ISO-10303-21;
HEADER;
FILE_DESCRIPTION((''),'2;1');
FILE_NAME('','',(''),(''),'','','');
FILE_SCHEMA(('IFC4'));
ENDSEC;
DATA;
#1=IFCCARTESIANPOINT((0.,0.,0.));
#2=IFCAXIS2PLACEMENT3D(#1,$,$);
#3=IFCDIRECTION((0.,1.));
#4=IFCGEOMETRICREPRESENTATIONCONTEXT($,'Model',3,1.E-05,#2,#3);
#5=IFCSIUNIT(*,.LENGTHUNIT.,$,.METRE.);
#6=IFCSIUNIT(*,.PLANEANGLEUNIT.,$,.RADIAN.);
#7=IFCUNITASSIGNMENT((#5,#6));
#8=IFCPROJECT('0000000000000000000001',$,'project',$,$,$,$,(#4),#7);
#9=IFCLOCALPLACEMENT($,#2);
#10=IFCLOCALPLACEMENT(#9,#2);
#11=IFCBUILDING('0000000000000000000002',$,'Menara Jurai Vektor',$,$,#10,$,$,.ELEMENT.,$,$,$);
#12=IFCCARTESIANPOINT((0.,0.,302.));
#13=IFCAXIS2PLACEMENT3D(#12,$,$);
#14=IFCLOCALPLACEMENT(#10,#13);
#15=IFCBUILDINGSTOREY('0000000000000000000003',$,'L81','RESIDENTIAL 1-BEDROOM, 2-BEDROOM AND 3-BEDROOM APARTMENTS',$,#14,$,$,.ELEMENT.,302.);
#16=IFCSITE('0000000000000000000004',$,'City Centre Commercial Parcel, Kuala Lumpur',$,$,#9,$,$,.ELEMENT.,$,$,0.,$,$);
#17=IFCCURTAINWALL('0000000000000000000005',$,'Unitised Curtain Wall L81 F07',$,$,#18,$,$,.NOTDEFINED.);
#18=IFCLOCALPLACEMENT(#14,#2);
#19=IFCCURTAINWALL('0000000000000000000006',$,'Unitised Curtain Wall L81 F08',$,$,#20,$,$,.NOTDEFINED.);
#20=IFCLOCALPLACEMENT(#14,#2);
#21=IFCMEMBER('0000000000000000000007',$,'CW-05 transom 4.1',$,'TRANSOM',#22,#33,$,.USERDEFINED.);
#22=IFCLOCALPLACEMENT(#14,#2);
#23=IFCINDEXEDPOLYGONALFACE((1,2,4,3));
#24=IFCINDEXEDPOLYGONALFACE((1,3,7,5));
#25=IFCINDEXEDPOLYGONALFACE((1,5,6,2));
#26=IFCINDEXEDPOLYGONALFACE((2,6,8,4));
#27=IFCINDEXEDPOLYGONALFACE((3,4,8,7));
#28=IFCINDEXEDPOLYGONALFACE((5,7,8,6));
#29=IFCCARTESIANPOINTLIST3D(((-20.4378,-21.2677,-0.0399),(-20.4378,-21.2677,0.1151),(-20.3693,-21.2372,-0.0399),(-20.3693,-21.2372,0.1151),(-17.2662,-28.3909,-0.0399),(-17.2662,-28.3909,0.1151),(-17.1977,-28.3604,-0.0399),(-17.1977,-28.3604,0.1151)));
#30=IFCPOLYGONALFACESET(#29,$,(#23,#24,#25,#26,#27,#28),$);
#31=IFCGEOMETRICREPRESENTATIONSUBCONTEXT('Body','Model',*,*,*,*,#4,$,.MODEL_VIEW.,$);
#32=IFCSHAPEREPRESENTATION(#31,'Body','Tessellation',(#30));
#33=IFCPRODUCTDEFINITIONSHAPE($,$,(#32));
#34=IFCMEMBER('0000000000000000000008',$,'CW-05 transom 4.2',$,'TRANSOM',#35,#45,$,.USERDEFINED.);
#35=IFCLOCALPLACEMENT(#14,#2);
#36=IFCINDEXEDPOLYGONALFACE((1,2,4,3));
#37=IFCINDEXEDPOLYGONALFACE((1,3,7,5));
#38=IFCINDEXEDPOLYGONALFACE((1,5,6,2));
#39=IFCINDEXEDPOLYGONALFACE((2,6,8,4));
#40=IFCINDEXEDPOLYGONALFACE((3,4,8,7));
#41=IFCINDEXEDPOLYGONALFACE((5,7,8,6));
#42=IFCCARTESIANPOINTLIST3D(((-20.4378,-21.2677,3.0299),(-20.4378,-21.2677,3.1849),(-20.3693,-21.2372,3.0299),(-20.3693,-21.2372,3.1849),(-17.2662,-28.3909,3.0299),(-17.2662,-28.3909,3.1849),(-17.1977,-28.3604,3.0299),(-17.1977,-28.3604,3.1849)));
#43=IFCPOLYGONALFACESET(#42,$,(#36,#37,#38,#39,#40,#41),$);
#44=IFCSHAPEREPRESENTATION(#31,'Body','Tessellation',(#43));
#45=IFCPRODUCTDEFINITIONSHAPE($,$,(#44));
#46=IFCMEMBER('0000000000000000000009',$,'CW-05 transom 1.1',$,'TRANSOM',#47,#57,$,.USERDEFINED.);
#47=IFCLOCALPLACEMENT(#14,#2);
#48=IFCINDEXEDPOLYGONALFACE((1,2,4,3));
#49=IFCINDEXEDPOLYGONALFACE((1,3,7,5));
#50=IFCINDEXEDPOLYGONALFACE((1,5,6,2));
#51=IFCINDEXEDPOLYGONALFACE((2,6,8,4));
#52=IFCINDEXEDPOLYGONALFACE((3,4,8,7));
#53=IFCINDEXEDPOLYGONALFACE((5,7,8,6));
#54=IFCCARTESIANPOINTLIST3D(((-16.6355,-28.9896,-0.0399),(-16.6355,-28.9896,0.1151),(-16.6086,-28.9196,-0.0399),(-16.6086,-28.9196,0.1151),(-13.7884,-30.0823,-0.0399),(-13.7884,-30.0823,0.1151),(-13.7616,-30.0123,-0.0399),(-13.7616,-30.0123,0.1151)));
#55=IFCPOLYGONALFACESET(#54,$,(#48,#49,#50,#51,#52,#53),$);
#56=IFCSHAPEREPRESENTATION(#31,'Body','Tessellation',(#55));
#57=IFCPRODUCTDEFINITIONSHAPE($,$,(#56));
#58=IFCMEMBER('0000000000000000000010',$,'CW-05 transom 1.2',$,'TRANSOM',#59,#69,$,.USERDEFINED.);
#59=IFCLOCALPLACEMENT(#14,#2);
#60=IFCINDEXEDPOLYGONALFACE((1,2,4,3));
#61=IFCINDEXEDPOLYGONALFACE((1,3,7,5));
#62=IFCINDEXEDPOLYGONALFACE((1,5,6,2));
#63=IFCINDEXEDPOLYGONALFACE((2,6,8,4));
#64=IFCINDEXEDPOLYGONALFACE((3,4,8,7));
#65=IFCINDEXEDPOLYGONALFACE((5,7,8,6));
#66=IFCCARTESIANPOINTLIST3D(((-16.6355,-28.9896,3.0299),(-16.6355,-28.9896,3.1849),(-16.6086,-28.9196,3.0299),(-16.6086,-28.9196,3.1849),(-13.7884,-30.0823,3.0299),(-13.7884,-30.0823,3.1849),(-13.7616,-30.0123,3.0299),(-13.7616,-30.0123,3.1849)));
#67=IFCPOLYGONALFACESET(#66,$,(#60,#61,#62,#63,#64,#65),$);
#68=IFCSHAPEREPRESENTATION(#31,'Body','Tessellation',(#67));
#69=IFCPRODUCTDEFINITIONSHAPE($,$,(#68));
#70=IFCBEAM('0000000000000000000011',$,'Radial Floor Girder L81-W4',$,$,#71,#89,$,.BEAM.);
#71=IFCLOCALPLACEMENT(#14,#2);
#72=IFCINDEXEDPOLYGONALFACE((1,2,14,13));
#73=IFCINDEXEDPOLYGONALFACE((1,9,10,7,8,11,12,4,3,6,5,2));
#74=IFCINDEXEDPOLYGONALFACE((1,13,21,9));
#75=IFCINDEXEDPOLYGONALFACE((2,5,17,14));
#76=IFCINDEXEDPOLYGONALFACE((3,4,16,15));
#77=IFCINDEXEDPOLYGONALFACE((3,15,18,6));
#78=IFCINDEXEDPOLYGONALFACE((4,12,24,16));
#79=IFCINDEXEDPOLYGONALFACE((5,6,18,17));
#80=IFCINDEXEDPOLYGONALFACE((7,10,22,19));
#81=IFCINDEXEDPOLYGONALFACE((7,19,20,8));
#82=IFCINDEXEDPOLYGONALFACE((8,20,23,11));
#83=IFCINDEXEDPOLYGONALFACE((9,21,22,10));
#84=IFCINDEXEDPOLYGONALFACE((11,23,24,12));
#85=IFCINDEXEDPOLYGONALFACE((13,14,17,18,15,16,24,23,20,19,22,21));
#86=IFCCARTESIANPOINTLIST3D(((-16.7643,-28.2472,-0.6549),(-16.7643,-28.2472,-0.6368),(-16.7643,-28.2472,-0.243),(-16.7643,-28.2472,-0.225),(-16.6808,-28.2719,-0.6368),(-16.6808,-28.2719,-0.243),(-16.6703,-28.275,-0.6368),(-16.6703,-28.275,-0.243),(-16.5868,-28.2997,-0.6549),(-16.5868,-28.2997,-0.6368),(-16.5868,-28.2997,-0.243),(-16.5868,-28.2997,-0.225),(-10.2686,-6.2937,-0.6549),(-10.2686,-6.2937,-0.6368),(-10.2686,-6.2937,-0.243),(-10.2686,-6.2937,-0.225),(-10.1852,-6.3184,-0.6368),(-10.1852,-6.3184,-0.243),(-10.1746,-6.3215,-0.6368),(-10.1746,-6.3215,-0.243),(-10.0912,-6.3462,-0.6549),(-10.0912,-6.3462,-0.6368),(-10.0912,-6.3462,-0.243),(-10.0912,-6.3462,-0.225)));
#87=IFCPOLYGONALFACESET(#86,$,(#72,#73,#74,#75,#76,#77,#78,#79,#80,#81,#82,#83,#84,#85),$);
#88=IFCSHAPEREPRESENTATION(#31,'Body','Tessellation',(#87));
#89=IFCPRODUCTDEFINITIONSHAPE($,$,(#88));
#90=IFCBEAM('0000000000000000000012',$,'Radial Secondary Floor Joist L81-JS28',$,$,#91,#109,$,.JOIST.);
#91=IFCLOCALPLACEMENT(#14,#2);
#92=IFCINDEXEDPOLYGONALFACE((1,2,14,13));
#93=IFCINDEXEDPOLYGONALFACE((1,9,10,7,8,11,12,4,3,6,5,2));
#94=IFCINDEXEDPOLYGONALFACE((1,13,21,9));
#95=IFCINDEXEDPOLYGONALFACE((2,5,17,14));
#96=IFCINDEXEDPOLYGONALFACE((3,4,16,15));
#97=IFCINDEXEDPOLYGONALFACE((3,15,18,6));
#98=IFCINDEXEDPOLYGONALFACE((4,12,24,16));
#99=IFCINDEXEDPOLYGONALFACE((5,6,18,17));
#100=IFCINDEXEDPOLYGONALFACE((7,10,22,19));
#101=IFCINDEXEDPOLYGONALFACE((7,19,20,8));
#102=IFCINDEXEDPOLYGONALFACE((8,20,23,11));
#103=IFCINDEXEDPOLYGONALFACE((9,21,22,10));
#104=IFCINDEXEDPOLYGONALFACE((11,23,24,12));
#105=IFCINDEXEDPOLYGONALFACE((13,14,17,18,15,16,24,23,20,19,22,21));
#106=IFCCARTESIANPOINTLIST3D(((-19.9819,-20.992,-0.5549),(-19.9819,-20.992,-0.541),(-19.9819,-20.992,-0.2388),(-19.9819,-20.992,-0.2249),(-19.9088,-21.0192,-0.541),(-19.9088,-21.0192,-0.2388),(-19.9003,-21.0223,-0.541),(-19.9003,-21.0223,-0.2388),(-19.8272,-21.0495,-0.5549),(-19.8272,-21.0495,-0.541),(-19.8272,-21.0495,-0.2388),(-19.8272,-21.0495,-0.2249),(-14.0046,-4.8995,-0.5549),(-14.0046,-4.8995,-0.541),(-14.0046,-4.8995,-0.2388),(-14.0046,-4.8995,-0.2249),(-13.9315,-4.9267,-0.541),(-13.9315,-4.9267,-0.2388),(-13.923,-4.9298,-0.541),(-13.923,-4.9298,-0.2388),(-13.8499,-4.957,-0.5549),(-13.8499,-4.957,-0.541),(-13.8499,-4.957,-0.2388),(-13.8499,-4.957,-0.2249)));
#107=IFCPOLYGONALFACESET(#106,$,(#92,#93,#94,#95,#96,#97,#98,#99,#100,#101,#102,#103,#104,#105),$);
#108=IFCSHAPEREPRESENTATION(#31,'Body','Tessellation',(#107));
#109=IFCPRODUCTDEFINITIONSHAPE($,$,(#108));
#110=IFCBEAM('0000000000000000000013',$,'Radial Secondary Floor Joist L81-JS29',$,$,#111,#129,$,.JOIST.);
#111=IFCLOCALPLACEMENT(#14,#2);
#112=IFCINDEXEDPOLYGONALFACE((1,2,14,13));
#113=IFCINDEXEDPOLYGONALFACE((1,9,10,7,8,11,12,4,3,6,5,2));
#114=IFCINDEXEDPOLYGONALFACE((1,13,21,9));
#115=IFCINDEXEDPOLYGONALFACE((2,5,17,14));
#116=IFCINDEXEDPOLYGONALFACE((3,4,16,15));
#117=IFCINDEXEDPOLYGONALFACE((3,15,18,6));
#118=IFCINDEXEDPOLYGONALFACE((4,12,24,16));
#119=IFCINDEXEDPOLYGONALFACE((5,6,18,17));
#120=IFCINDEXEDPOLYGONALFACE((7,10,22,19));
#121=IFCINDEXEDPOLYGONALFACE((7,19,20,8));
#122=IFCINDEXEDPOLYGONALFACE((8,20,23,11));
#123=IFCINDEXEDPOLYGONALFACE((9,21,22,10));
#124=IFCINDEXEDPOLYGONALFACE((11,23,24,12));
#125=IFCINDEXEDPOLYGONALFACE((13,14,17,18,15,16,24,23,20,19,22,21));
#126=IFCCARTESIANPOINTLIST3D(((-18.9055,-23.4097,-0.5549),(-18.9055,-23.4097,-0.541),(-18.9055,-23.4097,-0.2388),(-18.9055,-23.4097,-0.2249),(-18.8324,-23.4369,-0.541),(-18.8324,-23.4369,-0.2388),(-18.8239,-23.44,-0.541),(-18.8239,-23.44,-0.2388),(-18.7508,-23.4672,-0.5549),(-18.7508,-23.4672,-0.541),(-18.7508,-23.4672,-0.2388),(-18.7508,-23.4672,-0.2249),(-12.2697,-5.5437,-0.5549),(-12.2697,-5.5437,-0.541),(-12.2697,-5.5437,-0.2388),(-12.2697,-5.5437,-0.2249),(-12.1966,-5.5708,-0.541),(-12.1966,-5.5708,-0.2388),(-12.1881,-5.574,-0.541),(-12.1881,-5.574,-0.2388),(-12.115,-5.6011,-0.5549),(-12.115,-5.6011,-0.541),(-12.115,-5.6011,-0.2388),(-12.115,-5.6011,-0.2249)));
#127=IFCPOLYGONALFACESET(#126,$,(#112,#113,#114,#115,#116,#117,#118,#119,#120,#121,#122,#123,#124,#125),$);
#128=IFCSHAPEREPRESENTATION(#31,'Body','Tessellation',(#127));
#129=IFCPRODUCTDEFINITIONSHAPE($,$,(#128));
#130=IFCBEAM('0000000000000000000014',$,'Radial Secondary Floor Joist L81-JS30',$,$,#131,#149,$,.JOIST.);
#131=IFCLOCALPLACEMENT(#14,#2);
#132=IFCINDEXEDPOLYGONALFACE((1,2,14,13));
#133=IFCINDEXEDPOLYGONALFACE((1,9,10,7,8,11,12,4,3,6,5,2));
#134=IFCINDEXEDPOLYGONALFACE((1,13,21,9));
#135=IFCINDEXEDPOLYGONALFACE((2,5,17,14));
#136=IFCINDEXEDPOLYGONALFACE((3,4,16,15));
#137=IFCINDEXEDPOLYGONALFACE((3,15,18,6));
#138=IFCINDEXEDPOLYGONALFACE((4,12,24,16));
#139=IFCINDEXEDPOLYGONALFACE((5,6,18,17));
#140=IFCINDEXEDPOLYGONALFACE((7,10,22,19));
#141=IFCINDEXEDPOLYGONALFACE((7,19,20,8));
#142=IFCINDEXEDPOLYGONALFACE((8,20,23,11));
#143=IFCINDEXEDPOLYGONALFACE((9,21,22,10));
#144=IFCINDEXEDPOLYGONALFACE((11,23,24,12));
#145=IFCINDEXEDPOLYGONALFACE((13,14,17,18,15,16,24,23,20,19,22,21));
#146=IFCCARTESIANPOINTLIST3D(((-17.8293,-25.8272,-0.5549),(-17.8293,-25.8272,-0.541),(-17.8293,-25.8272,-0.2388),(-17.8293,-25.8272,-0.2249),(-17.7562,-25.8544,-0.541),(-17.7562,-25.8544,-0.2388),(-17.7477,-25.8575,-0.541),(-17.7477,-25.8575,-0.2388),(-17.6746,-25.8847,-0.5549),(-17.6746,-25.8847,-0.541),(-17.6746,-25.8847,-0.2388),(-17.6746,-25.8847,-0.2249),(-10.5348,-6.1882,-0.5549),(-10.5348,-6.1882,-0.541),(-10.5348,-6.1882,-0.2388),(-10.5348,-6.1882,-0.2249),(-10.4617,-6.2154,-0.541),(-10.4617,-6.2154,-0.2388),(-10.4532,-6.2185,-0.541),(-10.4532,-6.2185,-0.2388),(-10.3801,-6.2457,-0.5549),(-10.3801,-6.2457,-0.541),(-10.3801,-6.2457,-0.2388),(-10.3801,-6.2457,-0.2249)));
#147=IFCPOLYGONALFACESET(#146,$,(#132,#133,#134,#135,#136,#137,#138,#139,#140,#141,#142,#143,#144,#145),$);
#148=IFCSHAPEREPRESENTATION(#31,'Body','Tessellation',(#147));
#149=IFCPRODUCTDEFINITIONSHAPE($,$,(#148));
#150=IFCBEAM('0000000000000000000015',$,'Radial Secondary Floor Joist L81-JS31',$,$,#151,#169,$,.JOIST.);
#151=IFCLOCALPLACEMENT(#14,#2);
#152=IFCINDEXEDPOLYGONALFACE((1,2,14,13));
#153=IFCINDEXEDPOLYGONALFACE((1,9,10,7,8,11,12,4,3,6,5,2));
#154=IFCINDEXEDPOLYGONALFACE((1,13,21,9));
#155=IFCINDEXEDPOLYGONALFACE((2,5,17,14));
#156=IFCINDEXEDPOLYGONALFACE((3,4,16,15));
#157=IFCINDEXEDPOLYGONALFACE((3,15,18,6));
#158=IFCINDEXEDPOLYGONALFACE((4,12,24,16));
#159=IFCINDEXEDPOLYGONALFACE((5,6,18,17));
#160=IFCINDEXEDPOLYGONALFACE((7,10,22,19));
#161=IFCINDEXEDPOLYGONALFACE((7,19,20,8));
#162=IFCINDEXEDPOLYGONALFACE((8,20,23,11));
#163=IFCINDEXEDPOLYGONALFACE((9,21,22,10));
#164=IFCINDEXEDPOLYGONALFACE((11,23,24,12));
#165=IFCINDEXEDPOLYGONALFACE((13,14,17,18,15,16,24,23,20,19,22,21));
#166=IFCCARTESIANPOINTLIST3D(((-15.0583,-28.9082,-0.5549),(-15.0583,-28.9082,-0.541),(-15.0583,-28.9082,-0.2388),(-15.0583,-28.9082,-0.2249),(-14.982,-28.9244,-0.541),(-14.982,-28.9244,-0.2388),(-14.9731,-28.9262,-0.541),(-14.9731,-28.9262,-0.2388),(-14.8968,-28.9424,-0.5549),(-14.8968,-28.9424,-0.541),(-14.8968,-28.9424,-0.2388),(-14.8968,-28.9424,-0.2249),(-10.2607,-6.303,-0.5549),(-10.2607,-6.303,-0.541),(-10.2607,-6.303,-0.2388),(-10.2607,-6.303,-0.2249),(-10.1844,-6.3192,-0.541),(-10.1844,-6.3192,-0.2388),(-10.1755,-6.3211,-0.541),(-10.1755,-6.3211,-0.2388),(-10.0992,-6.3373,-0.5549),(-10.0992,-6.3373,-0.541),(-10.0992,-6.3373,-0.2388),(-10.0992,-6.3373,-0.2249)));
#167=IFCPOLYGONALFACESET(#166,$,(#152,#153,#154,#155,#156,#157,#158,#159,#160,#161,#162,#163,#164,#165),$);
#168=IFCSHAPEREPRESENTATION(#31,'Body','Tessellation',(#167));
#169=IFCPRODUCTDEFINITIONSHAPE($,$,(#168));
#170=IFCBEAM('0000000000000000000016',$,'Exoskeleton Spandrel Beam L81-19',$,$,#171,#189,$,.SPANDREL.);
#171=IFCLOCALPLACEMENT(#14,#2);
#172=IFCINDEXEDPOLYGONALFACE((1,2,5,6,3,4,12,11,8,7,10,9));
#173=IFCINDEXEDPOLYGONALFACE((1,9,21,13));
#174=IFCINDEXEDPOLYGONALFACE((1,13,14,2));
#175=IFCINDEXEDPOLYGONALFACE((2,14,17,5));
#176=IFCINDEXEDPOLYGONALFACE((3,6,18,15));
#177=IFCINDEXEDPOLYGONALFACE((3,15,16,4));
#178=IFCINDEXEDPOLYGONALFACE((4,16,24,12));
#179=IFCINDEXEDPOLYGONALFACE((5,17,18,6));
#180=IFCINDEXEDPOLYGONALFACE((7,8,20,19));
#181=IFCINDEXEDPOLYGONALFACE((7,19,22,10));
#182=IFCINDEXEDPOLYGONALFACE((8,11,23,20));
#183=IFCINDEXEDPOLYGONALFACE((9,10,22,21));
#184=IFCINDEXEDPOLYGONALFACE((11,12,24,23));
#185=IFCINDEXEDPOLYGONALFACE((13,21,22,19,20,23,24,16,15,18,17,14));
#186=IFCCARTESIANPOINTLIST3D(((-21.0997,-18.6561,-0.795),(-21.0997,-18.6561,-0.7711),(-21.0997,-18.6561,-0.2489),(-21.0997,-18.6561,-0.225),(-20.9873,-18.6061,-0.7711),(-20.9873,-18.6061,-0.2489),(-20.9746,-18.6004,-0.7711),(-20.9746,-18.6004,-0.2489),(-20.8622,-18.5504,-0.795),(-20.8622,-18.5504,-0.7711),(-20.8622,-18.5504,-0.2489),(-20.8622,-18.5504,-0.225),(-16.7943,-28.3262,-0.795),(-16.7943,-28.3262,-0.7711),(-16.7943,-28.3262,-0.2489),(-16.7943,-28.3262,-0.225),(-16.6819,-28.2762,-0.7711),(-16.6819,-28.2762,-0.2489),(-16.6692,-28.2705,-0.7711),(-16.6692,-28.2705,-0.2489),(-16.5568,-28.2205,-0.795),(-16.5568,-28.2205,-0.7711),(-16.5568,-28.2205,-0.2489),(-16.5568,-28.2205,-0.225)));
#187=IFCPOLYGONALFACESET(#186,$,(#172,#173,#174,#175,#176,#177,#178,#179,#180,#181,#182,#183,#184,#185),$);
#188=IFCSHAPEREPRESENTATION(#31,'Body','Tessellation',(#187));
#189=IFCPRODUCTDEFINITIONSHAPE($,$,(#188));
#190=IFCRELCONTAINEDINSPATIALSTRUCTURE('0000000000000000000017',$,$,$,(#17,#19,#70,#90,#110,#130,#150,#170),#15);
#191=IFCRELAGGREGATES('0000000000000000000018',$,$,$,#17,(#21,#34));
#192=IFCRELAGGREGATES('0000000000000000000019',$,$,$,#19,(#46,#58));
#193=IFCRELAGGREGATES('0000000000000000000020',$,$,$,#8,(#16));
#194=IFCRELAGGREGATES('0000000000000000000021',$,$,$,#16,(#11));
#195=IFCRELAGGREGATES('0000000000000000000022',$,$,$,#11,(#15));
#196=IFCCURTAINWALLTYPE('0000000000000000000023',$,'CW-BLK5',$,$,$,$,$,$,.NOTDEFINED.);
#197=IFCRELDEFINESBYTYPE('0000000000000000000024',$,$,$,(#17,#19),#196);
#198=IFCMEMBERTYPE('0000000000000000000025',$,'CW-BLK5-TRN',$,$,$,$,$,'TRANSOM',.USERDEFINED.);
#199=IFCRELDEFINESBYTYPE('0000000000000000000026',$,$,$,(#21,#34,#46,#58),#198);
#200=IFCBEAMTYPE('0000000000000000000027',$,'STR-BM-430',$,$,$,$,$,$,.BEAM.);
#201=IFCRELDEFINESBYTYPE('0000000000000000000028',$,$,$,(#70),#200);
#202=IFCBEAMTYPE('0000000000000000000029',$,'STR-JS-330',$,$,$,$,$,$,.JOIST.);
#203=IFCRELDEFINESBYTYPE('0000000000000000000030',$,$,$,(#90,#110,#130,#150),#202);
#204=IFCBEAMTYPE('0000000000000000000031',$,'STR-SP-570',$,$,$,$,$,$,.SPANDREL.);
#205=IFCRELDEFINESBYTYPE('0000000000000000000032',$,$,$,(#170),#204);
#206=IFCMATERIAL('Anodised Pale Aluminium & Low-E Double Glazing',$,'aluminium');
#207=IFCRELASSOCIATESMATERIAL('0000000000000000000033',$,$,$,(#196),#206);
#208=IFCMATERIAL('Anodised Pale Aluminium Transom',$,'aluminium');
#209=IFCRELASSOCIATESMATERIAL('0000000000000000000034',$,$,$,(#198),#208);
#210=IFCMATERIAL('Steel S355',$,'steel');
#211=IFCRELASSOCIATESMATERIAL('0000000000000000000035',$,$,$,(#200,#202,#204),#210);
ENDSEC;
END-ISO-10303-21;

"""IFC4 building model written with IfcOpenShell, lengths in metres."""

from ifc_helpers import new_model, si_unit, direction, frame, origin, origin_2d, place, context, subcontext, project, spatial, rectangle, i_section, extrude, material, material_profile, profile_set, type_object, element, aggregate, save


model = new_model("IFC4")

# Units and contexts
model_context = context("Model", 3, precision=1e-05, world=origin(), true_north=direction((0.0, 1.0)))
body_context = subcontext(model_context, "Body", "Model", "MODEL_VIEW")
ifc_project = project(units=[si_unit("LENGTHUNIT", "METRE"), si_unit("PLANEANGLEUNIT", "RADIAN")], contexts=[model_context])

# Site, building, storey
site_placement = place(None, origin())
site = spatial("IfcSite", under=ifc_project, at=site_placement, Name="City Centre Commercial Parcel, Kuala Lumpur", CompositionType="ELEMENT", RefElevation=0.0)
building_placement = place(site_placement, origin())
building = spatial("IfcBuilding", under=site, at=building_placement, Name="Menara Jurai Vektor", CompositionType="ELEMENT")
storey_placement = place(building_placement, frame((0.0, 0.0, 302.0)))
storey = spatial("IfcBuildingStorey", under=building, at=storey_placement, Name="L81", Description="RESIDENTIAL 1-BEDROOM, 2-BEDROOM AND 3-BEDROOM APARTMENTS", CompositionType="ELEMENT", Elevation=302.0)

# Curtain walls
ifc_material_1 = material(Name="Anodised Pale Aluminium & Low-E Double Glazing", Category="aluminium")
curtain_wall_type = type_object("IfcCurtainWallType", Name="CW-BLK5", PredefinedType="NOTDEFINED", material=ifc_material_1)
curtain_wall_1_placement = place(storey_placement, origin())
curtain_wall_1 = element("IfcCurtainWall", 1, at=curtain_wall_1_placement, inside=storey, type_object=curtain_wall_type, Name="Unitised Curtain Wall L81 F07", PredefinedType="NOTDEFINED")
curtain_wall_2_placement = place(storey_placement, origin())
curtain_wall_2 = element("IfcCurtainWall", 2, at=curtain_wall_2_placement, inside=storey, type_object=curtain_wall_type, Name="Unitised Curtain Wall L81 F08", PredefinedType="NOTDEFINED")

# Members
ifc_material_2 = material(Name="Anodised Pale Aluminium Transom", Category="aluminium")
ifc_material_profile_1 = material_profile(ifc_material_2, rectangle(XDim=0.075, YDim=0.155, at=origin_2d()), Name="ALU TRN 75x155")
ifc_profile_set_1 = profile_set([ifc_material_profile_1], Name="Anodised Pale Aluminium Transom")
member_type_1 = type_object("IfcMemberType", Name="CW-BLK5-TRN", ElementType="TRANSOM", PredefinedType="USERDEFINED", material=ifc_profile_set_1)
member_1_placement = place(storey_placement, frame((-20.4036, -21.2524, 0.0376), z_axis=(0.406751, -0.913539, 0.0), x_axis=(0.913539, 0.406751, 0.0)))
member_1 = element("IfcMember", 3, at=member_1_placement, type_object=member_type_1, Name="CW-05 transom 4.1", ObjectType="TRANSOM", PredefinedType="USERDEFINED", context=body_context, shape_type="SweptSolid", body=[
    extrude(rectangle(XDim=0.075, YDim=0.155, at=origin_2d()), origin(), (0.0, 0.0, 1.0), 7.7974),
])
member_2_placement = place(storey_placement, frame((-20.4036, -21.2524, 3.1074), z_axis=(0.406751, -0.913539, 0.0), x_axis=(0.913539, 0.406751, 0.0)))
member_2 = element("IfcMember", 4, at=member_2_placement, type_object=member_type_1, Name="CW-05 transom 4.2", ObjectType="TRANSOM", PredefinedType="USERDEFINED", context=body_context, shape_type="SweptSolid", body=[
    extrude(rectangle(XDim=0.075, YDim=0.155, at=origin_2d()), origin(), (0.0, 0.0, 1.0), 7.7974),
])
member_3_placement = place(storey_placement, frame((-16.6221, -28.9546, 0.0376), z_axis=(0.933597, -0.358325, 0.0), x_axis=(0.358325, 0.933597, 0.0)))
member_3 = element("IfcMember", 5, at=member_3_placement, type_object=member_type_1, Name="CW-05 transom 1.1", ObjectType="TRANSOM", PredefinedType="USERDEFINED", context=body_context, shape_type="SweptSolid", body=[
    extrude(rectangle(XDim=0.075, YDim=0.155, at=origin_2d()), origin(), (0.0, 0.0, 1.0), 3.0496),
])
member_4_placement = place(storey_placement, frame((-16.6221, -28.9546, 3.1074), z_axis=(0.933597, -0.358325, 0.0), x_axis=(0.358325, 0.933597, 0.0)))
member_4 = element("IfcMember", 6, at=member_4_placement, type_object=member_type_1, Name="CW-05 transom 1.2", ObjectType="TRANSOM", PredefinedType="USERDEFINED", context=body_context, shape_type="SweptSolid", body=[
    extrude(rectangle(XDim=0.075, YDim=0.155, at=origin_2d()), origin(), (0.0, 0.0, 1.0), 3.0496),
])

# Beams
ifc_material_3 = material(Name="Steel S355", Category="steel")
ifc_material_profile_2 = material_profile(ifc_material_3, i_section(OverallWidth=0.1851, OverallDepth=0.4299, WebThickness=0.011, FlangeThickness=0.0181, at=origin_2d()), Name="PG 430x185x76")
ifc_profile_set_2 = profile_set([ifc_material_profile_2], Name="Steel S355")
beam_type_1 = type_object("IfcBeamType", Name="STR-BM-430", PredefinedType="BEAM", material=ifc_profile_set_2)
beam_1_placement = place(storey_placement, frame((-16.6755, -28.2734, -0.4399), z_axis=(0.283723, 0.958906, 0.0), x_axis=(-0.958906, 0.283723, 0.0)))
element("IfcBeam", 7, at=beam_1_placement, inside=storey, type_object=beam_type_1, Name="Radial Floor Girder L81-W4", PredefinedType="BEAM", context=body_context, shape_type="SweptSolid", body=[
    extrude(i_section(OverallWidth=0.1851, OverallDepth=0.4299, WebThickness=0.011, FlangeThickness=0.0181, at=origin_2d()), origin(), (0.0, 0.0, 1.0), 22.8943),
])
ifc_material_profile_3 = material_profile(ifc_material_3, i_section(OverallWidth=0.165, OverallDepth=0.3301, WebThickness=0.009, FlangeThickness=0.0139, at=origin_2d()), Name="PG 330x165x46")
ifc_profile_set_3 = profile_set([ifc_material_profile_3], Name="Steel S355")
beam_type_2 = type_object("IfcBeamType", Name="STR-JS-330", PredefinedType="JOIST", material=ifc_profile_set_3)
beam_2_placement = place(storey_placement, frame((-19.9045, -21.0208, -0.3899), z_axis=(0.34819, 0.937424, 0.0), x_axis=(-0.937424, 0.34819, 0.0)))
element("IfcBeam", 8, at=beam_2_placement, inside=storey, type_object=beam_type_2, Name="Radial Secondary Floor Joist L81-JS28", PredefinedType="JOIST", context=body_context, shape_type="SweptSolid", body=[
    extrude(i_section(OverallWidth=0.165, OverallDepth=0.3301, WebThickness=0.009, FlangeThickness=0.0139, at=origin_2d()), origin(), (0.0, 0.0, 1.0), 17.1667),
])
beam_3_placement = place(storey_placement, frame((-18.8281, -23.4385, -0.3899), z_axis=(0.348178, 0.937428, 0.0), x_axis=(-0.937428, 0.348178, 0.0)))
element("IfcBeam", 9, at=beam_3_placement, inside=storey, type_object=beam_type_2, Name="Radial Secondary Floor Joist L81-JS29", PredefinedType="JOIST", context=body_context, shape_type="SweptSolid", body=[
    extrude(i_section(OverallWidth=0.165, OverallDepth=0.3301, WebThickness=0.009, FlangeThickness=0.0139, at=origin_2d()), origin(), (0.0, 0.0, 1.0), 19.0586),
])
beam_4_placement = place(storey_placement, frame((-17.752, -25.856, -0.3899), z_axis=(0.348186, 0.937426, 0.0), x_axis=(-0.937426, 0.348186, 0.0)))
element("IfcBeam", 10, at=beam_4_placement, inside=storey, type_object=beam_type_2, Name="Radial Secondary Floor Joist L81-JS30", PredefinedType="JOIST", context=body_context, shape_type="SweptSolid", body=[
    extrude(i_section(OverallWidth=0.165, OverallDepth=0.3301, WebThickness=0.009, FlangeThickness=0.0139, at=origin_2d()), origin(), (0.0, 0.0, 1.0), 20.95),
])
beam_5_placement = place(storey_placement, frame((-14.9775, -28.9253, -0.3899), z_axis=(0.20761, 0.978212, 0.0), x_axis=(-0.978212, 0.20761, 0.0)))
element("IfcBeam", 11, at=beam_5_placement, inside=storey, type_object=beam_type_2, Name="Radial Secondary Floor Joist L81-JS31", PredefinedType="JOIST", context=body_context, shape_type="SweptSolid", body=[
    extrude(i_section(OverallWidth=0.165, OverallDepth=0.3301, WebThickness=0.009, FlangeThickness=0.0139, at=origin_2d()), origin(), (0.0, 0.0, 1.0), 23.1086),
])
ifc_material_profile_4 = material_profile(ifc_material_3, i_section(OverallWidth=0.26, OverallDepth=0.5701, WebThickness=0.0139, FlangeThickness=0.0239, at=origin_2d()), Name="PG 570x260x145")
ifc_profile_set_4 = profile_set([ifc_material_profile_4], Name="Steel S355")
beam_type_3 = type_object("IfcBeamType", Name="STR-SP-570", PredefinedType="SPANDREL", material=ifc_profile_set_4)
beam_6_placement = place(storey_placement, frame((-20.981, -18.6033, -0.51), z_axis=(0.406735, -0.913546, 0.0), x_axis=(0.913546, 0.406735, 0.0)))
element("IfcBeam", 12, at=beam_6_placement, inside=storey, type_object=beam_type_3, Name="Exoskeleton Spandrel Beam L81-19", PredefinedType="SPANDREL", context=body_context, shape_type="SweptSolid", body=[
    extrude(i_section(OverallWidth=0.26, OverallDepth=0.5701, WebThickness=0.0139, FlangeThickness=0.0239, at=origin_2d()), origin(), (0.0, 0.0, 1.0), 10.5852),
])

aggregate(curtain_wall_1, [member_1, member_2])
aggregate(curtain_wall_2, [member_3, member_4])

save(model, "model.ifc")
